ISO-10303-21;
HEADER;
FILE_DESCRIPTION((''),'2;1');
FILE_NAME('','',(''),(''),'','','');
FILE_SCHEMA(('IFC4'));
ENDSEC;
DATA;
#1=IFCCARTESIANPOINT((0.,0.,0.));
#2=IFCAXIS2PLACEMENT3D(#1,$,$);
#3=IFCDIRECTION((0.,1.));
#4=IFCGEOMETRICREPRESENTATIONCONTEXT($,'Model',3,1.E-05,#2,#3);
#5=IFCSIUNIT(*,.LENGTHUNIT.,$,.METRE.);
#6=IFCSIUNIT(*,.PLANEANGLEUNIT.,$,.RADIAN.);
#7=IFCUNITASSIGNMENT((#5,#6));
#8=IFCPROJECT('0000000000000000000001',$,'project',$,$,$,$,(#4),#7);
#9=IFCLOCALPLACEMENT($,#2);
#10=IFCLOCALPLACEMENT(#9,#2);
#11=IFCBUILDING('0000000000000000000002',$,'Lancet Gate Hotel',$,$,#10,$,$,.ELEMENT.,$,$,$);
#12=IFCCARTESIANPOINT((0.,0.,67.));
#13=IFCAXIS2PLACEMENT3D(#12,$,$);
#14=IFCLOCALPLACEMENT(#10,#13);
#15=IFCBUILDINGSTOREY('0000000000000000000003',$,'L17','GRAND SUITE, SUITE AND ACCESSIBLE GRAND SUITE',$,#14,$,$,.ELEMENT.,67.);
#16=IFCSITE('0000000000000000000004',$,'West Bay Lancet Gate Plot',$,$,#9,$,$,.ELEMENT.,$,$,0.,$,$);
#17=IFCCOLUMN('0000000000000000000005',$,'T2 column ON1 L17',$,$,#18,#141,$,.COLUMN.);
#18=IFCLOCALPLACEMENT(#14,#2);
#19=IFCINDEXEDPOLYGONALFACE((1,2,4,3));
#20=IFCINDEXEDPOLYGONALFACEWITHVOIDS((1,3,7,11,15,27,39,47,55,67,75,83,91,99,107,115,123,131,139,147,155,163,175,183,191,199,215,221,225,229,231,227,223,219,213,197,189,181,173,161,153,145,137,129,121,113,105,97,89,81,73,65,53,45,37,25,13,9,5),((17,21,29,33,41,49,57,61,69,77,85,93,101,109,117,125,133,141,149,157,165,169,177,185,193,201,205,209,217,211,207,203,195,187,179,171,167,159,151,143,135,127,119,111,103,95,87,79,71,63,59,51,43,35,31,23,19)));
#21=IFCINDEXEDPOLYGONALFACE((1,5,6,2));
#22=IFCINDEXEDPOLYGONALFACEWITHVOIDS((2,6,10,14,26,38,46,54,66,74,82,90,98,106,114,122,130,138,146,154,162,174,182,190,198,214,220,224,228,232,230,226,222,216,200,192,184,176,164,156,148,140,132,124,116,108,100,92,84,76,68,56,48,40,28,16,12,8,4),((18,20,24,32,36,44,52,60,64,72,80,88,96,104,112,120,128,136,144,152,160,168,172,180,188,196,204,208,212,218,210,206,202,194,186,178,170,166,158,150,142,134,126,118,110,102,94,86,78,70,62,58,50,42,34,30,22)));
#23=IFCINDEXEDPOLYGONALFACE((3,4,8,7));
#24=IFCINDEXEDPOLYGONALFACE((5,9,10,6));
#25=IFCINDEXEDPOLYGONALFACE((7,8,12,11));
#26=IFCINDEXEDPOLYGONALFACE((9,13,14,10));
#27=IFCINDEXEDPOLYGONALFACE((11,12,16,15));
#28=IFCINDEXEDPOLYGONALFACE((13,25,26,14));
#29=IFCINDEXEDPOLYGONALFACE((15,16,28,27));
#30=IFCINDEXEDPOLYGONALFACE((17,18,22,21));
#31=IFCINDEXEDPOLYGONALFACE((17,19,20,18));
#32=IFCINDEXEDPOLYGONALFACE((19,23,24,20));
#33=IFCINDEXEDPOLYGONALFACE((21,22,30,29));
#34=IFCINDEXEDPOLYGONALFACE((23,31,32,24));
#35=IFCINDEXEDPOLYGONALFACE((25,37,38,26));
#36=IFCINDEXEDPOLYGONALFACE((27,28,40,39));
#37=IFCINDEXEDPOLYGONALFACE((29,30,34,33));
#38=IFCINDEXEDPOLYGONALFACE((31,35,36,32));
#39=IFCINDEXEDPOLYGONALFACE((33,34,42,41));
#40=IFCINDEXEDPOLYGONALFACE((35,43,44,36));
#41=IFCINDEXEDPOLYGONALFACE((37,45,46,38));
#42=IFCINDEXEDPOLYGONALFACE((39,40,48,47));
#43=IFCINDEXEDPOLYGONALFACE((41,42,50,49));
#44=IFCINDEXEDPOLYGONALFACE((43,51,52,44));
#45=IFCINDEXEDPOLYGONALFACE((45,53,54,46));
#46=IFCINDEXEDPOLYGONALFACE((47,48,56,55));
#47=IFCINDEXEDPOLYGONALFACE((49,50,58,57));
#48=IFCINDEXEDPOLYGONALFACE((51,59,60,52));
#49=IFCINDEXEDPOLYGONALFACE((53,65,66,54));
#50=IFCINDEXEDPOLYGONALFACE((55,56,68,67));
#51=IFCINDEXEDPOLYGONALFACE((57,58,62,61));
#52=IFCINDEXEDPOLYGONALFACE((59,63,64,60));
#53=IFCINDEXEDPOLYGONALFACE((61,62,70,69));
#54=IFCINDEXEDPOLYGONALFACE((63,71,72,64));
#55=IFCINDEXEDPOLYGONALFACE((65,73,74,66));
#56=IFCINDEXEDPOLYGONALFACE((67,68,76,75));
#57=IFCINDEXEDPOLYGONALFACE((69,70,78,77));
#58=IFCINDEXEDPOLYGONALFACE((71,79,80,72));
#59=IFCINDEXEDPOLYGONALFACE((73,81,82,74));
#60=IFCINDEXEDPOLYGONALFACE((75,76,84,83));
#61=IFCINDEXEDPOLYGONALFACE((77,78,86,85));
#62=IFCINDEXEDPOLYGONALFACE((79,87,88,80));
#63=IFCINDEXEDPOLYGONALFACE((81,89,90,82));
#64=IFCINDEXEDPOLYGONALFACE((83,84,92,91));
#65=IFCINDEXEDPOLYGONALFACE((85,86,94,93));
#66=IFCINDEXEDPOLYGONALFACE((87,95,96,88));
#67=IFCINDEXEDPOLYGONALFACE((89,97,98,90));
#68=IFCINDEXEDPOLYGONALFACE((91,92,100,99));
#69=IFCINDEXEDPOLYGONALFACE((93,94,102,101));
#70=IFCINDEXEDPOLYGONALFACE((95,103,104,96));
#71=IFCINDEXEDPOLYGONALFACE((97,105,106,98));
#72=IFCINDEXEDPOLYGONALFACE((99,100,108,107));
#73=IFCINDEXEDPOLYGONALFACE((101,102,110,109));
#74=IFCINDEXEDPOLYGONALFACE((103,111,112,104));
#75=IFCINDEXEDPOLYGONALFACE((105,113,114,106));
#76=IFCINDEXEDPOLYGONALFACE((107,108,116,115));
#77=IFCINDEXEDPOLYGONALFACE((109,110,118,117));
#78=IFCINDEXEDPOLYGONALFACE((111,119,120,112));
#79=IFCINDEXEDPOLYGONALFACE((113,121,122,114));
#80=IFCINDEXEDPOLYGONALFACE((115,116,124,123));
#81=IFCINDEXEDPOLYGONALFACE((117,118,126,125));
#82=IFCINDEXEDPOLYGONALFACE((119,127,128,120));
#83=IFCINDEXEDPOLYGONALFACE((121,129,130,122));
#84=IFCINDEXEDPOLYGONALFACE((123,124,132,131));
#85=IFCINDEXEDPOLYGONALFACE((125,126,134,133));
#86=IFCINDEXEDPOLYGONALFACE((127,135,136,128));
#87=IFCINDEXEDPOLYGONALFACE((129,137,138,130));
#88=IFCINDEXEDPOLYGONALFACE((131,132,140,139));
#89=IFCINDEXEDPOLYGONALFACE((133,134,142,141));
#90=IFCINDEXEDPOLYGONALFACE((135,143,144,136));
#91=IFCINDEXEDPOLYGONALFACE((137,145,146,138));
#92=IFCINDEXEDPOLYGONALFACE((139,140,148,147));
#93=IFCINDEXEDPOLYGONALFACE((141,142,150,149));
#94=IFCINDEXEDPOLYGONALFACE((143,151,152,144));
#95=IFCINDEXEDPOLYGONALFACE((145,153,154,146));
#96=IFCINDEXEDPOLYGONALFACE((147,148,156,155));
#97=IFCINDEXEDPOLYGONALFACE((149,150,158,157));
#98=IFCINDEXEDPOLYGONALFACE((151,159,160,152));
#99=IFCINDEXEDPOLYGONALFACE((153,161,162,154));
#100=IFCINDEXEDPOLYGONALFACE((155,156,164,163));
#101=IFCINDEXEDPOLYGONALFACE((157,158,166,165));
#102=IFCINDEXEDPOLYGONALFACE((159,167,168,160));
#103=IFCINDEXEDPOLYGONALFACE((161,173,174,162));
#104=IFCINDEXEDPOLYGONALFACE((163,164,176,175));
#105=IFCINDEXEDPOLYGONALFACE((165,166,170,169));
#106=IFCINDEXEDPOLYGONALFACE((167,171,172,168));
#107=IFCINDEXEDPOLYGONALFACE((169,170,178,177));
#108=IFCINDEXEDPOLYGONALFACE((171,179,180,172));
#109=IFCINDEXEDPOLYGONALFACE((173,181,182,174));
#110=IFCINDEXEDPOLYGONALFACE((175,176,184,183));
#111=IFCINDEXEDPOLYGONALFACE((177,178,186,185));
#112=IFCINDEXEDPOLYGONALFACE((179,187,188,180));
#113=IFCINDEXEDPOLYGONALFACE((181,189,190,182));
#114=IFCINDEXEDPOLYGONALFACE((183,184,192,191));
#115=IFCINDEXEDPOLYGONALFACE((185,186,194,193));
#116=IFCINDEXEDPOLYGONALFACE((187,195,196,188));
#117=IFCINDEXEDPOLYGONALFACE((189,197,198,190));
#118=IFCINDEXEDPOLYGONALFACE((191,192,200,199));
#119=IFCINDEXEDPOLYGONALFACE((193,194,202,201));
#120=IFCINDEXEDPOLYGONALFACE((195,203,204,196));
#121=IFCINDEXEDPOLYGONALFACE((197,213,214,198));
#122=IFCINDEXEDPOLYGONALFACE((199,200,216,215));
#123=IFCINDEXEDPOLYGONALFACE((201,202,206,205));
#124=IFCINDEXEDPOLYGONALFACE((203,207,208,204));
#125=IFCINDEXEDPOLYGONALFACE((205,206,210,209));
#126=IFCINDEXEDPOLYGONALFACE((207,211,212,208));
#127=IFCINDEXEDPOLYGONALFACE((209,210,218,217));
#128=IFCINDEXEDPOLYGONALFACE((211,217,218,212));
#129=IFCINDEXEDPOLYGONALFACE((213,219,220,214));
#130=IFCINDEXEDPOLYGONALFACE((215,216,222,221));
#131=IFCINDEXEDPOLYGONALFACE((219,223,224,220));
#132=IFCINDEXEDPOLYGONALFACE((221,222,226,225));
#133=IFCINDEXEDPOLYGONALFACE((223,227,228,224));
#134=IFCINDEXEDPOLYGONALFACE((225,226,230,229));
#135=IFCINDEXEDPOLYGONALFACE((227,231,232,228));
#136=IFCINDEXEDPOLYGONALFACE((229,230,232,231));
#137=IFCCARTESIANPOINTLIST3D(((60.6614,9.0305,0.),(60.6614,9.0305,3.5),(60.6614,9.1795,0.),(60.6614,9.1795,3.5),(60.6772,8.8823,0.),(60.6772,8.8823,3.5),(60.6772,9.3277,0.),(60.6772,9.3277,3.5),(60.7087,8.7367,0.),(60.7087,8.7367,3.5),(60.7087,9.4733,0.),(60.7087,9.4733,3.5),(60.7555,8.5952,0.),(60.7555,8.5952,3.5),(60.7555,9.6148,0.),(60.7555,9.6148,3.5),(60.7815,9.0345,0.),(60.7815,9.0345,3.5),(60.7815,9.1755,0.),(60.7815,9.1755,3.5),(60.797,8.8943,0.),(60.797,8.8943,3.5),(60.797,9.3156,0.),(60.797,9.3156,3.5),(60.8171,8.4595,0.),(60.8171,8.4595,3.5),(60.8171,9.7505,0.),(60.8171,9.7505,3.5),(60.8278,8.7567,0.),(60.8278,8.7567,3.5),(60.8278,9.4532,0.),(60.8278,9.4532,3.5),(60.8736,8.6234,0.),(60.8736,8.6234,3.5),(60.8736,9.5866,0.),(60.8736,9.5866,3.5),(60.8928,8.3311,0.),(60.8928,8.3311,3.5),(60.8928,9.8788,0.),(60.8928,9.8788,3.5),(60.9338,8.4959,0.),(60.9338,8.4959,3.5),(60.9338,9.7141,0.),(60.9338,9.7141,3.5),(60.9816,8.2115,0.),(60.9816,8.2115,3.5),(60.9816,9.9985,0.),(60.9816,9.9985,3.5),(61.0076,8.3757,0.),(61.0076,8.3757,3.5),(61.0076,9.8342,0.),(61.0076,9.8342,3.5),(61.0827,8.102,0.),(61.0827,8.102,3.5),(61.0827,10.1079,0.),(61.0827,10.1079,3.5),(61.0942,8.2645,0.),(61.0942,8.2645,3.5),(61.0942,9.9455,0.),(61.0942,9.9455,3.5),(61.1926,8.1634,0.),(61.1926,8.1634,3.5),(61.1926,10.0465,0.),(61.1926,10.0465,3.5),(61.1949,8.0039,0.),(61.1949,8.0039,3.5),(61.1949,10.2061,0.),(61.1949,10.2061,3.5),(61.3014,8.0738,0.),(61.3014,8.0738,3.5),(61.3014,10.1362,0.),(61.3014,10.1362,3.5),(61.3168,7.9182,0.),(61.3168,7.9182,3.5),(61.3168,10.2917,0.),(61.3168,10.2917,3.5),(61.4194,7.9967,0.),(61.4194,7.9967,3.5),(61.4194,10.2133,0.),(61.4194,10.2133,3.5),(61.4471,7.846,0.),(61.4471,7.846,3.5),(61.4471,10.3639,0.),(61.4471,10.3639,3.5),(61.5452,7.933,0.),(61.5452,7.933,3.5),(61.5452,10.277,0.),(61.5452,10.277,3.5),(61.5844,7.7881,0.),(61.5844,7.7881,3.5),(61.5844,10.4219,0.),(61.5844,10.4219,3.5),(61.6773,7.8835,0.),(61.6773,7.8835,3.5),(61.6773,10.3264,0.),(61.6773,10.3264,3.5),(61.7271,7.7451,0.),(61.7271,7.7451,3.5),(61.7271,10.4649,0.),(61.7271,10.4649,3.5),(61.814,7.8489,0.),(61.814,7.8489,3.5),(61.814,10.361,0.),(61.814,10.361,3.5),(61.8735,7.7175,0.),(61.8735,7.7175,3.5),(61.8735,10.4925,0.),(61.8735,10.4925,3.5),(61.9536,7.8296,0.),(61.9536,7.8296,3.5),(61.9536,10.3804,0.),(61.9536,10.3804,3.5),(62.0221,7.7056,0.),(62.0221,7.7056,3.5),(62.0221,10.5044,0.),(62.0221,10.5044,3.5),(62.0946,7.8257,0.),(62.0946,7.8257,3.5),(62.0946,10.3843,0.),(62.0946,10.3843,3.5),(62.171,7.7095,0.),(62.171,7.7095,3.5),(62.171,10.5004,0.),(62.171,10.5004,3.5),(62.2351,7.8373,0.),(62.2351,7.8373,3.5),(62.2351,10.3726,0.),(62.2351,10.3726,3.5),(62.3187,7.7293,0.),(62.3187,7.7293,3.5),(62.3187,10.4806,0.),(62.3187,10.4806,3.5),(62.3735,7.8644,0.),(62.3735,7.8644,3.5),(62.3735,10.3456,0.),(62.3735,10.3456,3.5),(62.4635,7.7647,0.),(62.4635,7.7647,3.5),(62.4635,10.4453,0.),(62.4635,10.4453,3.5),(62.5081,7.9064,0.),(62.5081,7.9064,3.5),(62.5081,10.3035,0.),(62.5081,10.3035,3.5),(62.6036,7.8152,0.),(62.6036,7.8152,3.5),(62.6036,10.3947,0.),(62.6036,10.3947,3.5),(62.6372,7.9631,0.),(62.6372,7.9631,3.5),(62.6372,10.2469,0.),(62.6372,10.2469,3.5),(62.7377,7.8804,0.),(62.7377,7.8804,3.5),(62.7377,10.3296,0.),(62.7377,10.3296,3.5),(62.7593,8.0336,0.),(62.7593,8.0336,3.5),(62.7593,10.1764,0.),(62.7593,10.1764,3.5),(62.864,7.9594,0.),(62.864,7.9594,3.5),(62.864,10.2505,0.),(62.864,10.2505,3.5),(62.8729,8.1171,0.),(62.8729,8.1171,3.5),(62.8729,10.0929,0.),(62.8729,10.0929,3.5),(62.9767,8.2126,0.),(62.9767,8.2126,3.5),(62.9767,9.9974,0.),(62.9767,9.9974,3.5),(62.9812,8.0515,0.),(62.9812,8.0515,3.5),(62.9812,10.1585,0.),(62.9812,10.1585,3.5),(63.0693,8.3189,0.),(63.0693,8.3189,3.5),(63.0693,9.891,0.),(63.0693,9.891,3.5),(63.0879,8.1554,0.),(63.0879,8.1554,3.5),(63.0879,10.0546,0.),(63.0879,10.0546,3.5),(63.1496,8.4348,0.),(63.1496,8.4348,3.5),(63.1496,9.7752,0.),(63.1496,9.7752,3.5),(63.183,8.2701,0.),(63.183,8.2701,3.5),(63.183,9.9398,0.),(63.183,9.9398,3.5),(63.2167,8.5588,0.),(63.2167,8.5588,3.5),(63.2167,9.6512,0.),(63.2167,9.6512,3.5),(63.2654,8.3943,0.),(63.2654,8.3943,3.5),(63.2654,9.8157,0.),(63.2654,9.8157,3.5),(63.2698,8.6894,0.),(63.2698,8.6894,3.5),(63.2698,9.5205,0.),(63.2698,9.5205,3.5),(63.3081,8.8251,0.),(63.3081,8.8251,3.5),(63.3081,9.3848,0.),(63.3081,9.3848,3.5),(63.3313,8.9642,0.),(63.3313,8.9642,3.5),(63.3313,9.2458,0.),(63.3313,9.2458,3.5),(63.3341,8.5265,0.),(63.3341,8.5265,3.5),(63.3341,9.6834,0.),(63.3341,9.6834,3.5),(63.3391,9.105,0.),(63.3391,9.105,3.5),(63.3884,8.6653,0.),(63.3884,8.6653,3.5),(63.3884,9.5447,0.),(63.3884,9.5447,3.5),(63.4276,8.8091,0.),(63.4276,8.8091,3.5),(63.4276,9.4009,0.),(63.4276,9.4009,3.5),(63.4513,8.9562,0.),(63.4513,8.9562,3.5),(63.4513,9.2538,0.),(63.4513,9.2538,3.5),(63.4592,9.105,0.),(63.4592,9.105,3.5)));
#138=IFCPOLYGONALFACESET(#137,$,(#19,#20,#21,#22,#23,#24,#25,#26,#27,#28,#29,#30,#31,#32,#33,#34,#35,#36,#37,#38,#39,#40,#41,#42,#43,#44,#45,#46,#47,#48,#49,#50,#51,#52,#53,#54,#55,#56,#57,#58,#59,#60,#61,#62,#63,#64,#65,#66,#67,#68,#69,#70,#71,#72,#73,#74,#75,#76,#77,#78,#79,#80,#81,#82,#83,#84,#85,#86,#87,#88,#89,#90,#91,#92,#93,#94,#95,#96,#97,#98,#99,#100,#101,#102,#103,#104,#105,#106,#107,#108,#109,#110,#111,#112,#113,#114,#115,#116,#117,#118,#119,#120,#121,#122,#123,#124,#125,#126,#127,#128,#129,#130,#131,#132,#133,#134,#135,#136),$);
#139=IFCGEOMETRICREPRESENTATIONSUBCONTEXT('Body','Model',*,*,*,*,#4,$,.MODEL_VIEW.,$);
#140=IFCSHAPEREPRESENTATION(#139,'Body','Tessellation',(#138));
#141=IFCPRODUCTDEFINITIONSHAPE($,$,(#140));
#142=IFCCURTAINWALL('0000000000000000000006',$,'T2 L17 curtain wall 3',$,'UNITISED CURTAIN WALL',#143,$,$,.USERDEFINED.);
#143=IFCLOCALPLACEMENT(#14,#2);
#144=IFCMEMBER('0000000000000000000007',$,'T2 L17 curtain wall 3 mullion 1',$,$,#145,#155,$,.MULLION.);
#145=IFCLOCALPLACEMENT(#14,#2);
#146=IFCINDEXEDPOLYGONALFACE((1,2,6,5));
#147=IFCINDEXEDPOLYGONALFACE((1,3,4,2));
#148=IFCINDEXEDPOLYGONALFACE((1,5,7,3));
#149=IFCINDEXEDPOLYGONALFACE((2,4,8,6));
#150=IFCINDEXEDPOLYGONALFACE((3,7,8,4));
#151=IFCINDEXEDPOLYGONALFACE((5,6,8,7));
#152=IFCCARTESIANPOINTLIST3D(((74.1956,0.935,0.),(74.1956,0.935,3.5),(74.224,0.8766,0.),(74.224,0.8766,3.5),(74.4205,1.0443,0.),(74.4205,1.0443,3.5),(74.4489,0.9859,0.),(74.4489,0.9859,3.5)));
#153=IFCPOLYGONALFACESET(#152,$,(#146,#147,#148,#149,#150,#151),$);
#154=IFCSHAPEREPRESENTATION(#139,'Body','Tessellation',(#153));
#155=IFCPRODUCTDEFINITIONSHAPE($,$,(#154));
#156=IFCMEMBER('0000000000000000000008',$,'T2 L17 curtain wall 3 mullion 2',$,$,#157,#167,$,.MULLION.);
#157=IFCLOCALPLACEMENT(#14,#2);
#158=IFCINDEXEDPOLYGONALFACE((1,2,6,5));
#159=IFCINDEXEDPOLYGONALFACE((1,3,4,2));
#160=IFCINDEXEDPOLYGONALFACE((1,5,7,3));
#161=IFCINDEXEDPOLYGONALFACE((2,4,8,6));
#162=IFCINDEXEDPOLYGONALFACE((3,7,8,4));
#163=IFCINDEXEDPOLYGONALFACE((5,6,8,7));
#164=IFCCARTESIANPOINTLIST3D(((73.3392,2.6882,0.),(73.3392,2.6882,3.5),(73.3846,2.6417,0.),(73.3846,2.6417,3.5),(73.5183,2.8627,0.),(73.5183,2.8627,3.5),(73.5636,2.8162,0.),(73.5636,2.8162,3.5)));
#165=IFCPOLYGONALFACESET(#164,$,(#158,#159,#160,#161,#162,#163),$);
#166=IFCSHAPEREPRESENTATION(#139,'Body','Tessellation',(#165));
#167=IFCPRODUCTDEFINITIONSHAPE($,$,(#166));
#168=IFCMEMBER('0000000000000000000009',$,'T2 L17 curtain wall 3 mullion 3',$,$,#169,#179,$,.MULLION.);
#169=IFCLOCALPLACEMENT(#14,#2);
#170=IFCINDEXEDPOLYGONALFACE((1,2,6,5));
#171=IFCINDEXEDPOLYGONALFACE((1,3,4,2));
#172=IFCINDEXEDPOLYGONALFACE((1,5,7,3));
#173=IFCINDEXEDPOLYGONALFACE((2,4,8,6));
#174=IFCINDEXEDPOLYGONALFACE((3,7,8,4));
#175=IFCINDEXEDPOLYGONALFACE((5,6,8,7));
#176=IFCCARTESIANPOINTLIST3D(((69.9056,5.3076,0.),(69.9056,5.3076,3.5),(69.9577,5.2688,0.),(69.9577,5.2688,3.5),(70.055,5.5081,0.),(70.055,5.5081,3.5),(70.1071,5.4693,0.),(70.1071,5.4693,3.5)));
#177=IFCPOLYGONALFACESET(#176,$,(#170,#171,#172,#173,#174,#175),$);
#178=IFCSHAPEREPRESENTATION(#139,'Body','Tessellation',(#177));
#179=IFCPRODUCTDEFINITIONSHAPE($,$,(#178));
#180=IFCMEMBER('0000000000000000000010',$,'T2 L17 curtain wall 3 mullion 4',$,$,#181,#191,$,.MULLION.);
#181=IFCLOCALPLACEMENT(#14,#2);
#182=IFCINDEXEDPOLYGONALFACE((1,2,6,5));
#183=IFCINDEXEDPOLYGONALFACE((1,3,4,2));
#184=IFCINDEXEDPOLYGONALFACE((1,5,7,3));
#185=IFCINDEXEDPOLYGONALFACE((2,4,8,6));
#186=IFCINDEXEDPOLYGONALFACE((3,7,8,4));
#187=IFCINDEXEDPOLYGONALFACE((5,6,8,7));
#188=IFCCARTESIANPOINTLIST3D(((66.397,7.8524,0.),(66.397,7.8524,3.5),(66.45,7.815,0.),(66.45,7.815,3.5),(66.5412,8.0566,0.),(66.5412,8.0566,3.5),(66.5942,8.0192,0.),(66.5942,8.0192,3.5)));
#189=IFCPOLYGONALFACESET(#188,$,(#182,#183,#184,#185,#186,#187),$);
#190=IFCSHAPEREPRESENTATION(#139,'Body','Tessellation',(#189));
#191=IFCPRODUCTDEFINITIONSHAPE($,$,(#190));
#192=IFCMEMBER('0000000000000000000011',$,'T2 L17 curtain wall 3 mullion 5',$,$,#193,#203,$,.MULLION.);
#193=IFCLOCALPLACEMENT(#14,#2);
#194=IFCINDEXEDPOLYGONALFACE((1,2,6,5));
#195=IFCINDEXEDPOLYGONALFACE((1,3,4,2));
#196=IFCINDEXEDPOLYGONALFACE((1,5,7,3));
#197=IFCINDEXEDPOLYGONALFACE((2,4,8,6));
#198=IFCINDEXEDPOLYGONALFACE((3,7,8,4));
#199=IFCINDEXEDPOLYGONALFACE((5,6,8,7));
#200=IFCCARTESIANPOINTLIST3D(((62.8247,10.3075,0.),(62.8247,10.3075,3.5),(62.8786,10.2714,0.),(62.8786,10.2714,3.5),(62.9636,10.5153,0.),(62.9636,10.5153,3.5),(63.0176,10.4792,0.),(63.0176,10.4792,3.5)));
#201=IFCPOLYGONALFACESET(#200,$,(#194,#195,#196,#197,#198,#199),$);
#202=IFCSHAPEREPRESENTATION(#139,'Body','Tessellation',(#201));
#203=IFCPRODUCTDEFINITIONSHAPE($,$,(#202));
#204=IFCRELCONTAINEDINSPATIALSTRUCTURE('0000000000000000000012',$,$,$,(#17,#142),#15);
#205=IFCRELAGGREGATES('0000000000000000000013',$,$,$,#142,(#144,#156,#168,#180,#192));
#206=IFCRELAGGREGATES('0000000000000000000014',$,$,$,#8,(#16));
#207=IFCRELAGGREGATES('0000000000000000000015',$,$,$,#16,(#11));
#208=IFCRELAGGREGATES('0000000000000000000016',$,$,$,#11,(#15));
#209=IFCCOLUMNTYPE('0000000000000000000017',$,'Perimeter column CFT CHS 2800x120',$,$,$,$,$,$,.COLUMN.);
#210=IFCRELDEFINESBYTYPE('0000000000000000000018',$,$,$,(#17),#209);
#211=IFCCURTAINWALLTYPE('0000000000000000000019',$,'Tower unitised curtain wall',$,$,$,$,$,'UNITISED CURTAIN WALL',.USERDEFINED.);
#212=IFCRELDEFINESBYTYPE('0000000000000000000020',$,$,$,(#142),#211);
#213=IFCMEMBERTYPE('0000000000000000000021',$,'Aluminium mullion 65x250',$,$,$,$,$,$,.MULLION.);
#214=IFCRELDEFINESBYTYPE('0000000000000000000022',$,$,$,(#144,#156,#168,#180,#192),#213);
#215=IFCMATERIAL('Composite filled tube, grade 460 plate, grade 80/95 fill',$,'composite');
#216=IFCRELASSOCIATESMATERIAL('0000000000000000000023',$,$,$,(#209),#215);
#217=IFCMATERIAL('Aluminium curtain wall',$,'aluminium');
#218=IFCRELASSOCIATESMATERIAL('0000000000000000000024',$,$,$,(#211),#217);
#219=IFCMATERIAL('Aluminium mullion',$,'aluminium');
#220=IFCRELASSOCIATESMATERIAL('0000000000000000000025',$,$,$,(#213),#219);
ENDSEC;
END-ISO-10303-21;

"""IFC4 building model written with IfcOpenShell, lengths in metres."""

from ifc_helpers import new_model, si_unit, direction, frame, origin, origin_2d, place, context, subcontext, project, spatial, rectangle, hollow_circle, extrude, material, material_profile, profile_set, type_object, element, aggregate, save


model = new_model("IFC4")

# Units and contexts
model_context = context("Model", 3, precision=1e-05, world=origin(), true_north=direction((0.0, 1.0)))
body_context = subcontext(model_context, "Body", "Model", "MODEL_VIEW")
ifc_project = project(units=[si_unit("LENGTHUNIT", "METRE"), si_unit("PLANEANGLEUNIT", "RADIAN")], contexts=[model_context])

# Site, building, storey
site_placement = place(None, origin())
site = spatial("IfcSite", under=ifc_project, at=site_placement, Name="West Bay Lancet Gate Plot", CompositionType="ELEMENT", RefElevation=0.0)
building_placement = place(site_placement, origin())
building = spatial("IfcBuilding", under=site, at=building_placement, Name="Lancet Gate Hotel", CompositionType="ELEMENT")
storey_placement = place(building_placement, frame((0.0, 0.0, 67.0)))
storey = spatial("IfcBuildingStorey", under=building, at=storey_placement, Name="L17", Description="GRAND SUITE, SUITE AND ACCESSIBLE GRAND SUITE", CompositionType="ELEMENT", Elevation=67.0)

# Column
ifc_material_1 = material(Name="Composite filled tube, grade 460 plate, grade 80/95 fill", Category="composite")
ifc_material_profile_1 = material_profile(ifc_material_1, hollow_circle(Radius=1.3999, WallThickness=0.1201, at=origin_2d()), Name="CHS 2800x120")
ifc_profile_set_1 = profile_set([ifc_material_profile_1], Name="Composite filled tube, grade 460 plate, grade 80/95 fill")
column_type_1 = type_object("IfcColumnType", Name="Perimeter column CFT CHS 2800x120", PredefinedType="COLUMN", material=ifc_profile_set_1)
column_1_placement = place(storey_placement, frame((62.0593, 9.105, 0.0), z_axis=(0.0, 0.0, 1.0), x_axis=(1.0, 0.0, 0.0)))
element("IfcColumn", 1, at=column_1_placement, inside=storey, type_object=column_type_1, Name="T2 column ON1 L17", PredefinedType="COLUMN", context=body_context, shape_type="SweptSolid", body=[
    extrude(hollow_circle(Radius=1.3999, WallThickness=0.1201, at=origin_2d()), origin(), (0.0, 0.0, 1.0), 3.5),
])

# Curtain wall, members
ifc_material_2 = material(Name="Aluminium curtain wall", Category="aluminium")
curtain_wall_type = type_object("IfcCurtainWallType", Name="Tower unitised curtain wall", ElementType="UNITISED CURTAIN WALL", PredefinedType="USERDEFINED", material=ifc_material_2)
curtain_wall_placement = place(storey_placement, origin())
curtain_wall = element("IfcCurtainWall", 2, at=curtain_wall_placement, inside=storey, type_object=curtain_wall_type, Name="T2 L17 curtain wall 3", ObjectType="UNITISED CURTAIN WALL", PredefinedType="USERDEFINED")
ifc_material_3 = material(Name="Aluminium mullion", Category="aluminium")
ifc_material_profile_2 = material_profile(ifc_material_3, rectangle(XDim=0.0649, YDim=0.25, at=origin_2d()), Name="MULLION 65x250")
ifc_profile_set_2 = profile_set([ifc_material_profile_2], Name="Aluminium mullion")
member_type_1 = type_object("IfcMemberType", Name="Aluminium mullion 65x250", PredefinedType="MULLION", material=ifc_profile_set_2)
member_1_placement = place(storey_placement, frame((74.3223, 0.9604, 0.0), z_axis=(0.0, 0.0, 1.0), x_axis=(-0.437169, 0.899379, 0.0)))
member_1 = element("IfcMember", 3, at=member_1_placement, type_object=member_type_1, Name="T2 L17 curtain wall 3 mullion 1", PredefinedType="MULLION", context=body_context, shape_type="SweptSolid", body=[
    extrude(rectangle(XDim=0.0649, YDim=0.25, at=origin_2d()), origin(), (0.0, 0.0, 1.0), 3.5),
])
member_2_placement = place(storey_placement, frame((73.4514, 2.7522, 0.0), z_axis=(0.0, 0.0, 1.0), x_axis=(-0.697983, 0.716114, 0.0)))
member_2 = element("IfcMember", 4, at=member_2_placement, type_object=member_type_1, Name="T2 L17 curtain wall 3 mullion 2", PredefinedType="MULLION", context=body_context, shape_type="SweptSolid", body=[
    extrude(rectangle(XDim=0.0649, YDim=0.25, at=origin_2d()), origin(), (0.0, 0.0, 1.0), 3.5),
])
member_3_placement = place(storey_placement, frame((70.0063, 5.3884, 0.0), z_axis=(0.0, 0.0, 1.0), x_axis=(-0.80183, 0.597552, 0.0)))
member_3 = element("IfcMember", 5, at=member_3_placement, type_object=member_type_1, Name="T2 L17 curtain wall 3 mullion 3", PredefinedType="MULLION", context=body_context, shape_type="SweptSolid", body=[
    extrude(rectangle(XDim=0.0649, YDim=0.25, at=origin_2d()), origin(), (0.0, 0.0, 1.0), 3.5),
])
member_4_placement = place(storey_placement, frame((66.4956, 7.9358, 0.0), z_axis=(0.0, 0.0, 1.0), x_axis=(-0.816779, 0.576951, 0.0)))
member_4 = element("IfcMember", 6, at=member_4_placement, type_object=member_type_1, Name="T2 L17 curtain wall 3 mullion 4", PredefinedType="MULLION", context=body_context, shape_type="SweptSolid", body=[
    extrude(rectangle(XDim=0.0649, YDim=0.25, at=origin_2d()), origin(), (0.0, 0.0, 1.0), 3.5),
])
member_5_placement = place(storey_placement, frame((62.9211, 10.3933, 0.0), z_axis=(0.0, 0.0, 1.0), x_axis=(-0.831198, 0.555976, 0.0)))
member_5 = element("IfcMember", 7, at=member_5_placement, type_object=member_type_1, Name="T2 L17 curtain wall 3 mullion 5", PredefinedType="MULLION", context=body_context, shape_type="SweptSolid", body=[
    extrude(rectangle(XDim=0.0649, YDim=0.25, at=origin_2d()), origin(), (0.0, 0.0, 1.0), 3.5),
])

aggregate(curtain_wall, [member_1, member_2, member_3, member_4, member_5])

save(model, "model.ifc")
